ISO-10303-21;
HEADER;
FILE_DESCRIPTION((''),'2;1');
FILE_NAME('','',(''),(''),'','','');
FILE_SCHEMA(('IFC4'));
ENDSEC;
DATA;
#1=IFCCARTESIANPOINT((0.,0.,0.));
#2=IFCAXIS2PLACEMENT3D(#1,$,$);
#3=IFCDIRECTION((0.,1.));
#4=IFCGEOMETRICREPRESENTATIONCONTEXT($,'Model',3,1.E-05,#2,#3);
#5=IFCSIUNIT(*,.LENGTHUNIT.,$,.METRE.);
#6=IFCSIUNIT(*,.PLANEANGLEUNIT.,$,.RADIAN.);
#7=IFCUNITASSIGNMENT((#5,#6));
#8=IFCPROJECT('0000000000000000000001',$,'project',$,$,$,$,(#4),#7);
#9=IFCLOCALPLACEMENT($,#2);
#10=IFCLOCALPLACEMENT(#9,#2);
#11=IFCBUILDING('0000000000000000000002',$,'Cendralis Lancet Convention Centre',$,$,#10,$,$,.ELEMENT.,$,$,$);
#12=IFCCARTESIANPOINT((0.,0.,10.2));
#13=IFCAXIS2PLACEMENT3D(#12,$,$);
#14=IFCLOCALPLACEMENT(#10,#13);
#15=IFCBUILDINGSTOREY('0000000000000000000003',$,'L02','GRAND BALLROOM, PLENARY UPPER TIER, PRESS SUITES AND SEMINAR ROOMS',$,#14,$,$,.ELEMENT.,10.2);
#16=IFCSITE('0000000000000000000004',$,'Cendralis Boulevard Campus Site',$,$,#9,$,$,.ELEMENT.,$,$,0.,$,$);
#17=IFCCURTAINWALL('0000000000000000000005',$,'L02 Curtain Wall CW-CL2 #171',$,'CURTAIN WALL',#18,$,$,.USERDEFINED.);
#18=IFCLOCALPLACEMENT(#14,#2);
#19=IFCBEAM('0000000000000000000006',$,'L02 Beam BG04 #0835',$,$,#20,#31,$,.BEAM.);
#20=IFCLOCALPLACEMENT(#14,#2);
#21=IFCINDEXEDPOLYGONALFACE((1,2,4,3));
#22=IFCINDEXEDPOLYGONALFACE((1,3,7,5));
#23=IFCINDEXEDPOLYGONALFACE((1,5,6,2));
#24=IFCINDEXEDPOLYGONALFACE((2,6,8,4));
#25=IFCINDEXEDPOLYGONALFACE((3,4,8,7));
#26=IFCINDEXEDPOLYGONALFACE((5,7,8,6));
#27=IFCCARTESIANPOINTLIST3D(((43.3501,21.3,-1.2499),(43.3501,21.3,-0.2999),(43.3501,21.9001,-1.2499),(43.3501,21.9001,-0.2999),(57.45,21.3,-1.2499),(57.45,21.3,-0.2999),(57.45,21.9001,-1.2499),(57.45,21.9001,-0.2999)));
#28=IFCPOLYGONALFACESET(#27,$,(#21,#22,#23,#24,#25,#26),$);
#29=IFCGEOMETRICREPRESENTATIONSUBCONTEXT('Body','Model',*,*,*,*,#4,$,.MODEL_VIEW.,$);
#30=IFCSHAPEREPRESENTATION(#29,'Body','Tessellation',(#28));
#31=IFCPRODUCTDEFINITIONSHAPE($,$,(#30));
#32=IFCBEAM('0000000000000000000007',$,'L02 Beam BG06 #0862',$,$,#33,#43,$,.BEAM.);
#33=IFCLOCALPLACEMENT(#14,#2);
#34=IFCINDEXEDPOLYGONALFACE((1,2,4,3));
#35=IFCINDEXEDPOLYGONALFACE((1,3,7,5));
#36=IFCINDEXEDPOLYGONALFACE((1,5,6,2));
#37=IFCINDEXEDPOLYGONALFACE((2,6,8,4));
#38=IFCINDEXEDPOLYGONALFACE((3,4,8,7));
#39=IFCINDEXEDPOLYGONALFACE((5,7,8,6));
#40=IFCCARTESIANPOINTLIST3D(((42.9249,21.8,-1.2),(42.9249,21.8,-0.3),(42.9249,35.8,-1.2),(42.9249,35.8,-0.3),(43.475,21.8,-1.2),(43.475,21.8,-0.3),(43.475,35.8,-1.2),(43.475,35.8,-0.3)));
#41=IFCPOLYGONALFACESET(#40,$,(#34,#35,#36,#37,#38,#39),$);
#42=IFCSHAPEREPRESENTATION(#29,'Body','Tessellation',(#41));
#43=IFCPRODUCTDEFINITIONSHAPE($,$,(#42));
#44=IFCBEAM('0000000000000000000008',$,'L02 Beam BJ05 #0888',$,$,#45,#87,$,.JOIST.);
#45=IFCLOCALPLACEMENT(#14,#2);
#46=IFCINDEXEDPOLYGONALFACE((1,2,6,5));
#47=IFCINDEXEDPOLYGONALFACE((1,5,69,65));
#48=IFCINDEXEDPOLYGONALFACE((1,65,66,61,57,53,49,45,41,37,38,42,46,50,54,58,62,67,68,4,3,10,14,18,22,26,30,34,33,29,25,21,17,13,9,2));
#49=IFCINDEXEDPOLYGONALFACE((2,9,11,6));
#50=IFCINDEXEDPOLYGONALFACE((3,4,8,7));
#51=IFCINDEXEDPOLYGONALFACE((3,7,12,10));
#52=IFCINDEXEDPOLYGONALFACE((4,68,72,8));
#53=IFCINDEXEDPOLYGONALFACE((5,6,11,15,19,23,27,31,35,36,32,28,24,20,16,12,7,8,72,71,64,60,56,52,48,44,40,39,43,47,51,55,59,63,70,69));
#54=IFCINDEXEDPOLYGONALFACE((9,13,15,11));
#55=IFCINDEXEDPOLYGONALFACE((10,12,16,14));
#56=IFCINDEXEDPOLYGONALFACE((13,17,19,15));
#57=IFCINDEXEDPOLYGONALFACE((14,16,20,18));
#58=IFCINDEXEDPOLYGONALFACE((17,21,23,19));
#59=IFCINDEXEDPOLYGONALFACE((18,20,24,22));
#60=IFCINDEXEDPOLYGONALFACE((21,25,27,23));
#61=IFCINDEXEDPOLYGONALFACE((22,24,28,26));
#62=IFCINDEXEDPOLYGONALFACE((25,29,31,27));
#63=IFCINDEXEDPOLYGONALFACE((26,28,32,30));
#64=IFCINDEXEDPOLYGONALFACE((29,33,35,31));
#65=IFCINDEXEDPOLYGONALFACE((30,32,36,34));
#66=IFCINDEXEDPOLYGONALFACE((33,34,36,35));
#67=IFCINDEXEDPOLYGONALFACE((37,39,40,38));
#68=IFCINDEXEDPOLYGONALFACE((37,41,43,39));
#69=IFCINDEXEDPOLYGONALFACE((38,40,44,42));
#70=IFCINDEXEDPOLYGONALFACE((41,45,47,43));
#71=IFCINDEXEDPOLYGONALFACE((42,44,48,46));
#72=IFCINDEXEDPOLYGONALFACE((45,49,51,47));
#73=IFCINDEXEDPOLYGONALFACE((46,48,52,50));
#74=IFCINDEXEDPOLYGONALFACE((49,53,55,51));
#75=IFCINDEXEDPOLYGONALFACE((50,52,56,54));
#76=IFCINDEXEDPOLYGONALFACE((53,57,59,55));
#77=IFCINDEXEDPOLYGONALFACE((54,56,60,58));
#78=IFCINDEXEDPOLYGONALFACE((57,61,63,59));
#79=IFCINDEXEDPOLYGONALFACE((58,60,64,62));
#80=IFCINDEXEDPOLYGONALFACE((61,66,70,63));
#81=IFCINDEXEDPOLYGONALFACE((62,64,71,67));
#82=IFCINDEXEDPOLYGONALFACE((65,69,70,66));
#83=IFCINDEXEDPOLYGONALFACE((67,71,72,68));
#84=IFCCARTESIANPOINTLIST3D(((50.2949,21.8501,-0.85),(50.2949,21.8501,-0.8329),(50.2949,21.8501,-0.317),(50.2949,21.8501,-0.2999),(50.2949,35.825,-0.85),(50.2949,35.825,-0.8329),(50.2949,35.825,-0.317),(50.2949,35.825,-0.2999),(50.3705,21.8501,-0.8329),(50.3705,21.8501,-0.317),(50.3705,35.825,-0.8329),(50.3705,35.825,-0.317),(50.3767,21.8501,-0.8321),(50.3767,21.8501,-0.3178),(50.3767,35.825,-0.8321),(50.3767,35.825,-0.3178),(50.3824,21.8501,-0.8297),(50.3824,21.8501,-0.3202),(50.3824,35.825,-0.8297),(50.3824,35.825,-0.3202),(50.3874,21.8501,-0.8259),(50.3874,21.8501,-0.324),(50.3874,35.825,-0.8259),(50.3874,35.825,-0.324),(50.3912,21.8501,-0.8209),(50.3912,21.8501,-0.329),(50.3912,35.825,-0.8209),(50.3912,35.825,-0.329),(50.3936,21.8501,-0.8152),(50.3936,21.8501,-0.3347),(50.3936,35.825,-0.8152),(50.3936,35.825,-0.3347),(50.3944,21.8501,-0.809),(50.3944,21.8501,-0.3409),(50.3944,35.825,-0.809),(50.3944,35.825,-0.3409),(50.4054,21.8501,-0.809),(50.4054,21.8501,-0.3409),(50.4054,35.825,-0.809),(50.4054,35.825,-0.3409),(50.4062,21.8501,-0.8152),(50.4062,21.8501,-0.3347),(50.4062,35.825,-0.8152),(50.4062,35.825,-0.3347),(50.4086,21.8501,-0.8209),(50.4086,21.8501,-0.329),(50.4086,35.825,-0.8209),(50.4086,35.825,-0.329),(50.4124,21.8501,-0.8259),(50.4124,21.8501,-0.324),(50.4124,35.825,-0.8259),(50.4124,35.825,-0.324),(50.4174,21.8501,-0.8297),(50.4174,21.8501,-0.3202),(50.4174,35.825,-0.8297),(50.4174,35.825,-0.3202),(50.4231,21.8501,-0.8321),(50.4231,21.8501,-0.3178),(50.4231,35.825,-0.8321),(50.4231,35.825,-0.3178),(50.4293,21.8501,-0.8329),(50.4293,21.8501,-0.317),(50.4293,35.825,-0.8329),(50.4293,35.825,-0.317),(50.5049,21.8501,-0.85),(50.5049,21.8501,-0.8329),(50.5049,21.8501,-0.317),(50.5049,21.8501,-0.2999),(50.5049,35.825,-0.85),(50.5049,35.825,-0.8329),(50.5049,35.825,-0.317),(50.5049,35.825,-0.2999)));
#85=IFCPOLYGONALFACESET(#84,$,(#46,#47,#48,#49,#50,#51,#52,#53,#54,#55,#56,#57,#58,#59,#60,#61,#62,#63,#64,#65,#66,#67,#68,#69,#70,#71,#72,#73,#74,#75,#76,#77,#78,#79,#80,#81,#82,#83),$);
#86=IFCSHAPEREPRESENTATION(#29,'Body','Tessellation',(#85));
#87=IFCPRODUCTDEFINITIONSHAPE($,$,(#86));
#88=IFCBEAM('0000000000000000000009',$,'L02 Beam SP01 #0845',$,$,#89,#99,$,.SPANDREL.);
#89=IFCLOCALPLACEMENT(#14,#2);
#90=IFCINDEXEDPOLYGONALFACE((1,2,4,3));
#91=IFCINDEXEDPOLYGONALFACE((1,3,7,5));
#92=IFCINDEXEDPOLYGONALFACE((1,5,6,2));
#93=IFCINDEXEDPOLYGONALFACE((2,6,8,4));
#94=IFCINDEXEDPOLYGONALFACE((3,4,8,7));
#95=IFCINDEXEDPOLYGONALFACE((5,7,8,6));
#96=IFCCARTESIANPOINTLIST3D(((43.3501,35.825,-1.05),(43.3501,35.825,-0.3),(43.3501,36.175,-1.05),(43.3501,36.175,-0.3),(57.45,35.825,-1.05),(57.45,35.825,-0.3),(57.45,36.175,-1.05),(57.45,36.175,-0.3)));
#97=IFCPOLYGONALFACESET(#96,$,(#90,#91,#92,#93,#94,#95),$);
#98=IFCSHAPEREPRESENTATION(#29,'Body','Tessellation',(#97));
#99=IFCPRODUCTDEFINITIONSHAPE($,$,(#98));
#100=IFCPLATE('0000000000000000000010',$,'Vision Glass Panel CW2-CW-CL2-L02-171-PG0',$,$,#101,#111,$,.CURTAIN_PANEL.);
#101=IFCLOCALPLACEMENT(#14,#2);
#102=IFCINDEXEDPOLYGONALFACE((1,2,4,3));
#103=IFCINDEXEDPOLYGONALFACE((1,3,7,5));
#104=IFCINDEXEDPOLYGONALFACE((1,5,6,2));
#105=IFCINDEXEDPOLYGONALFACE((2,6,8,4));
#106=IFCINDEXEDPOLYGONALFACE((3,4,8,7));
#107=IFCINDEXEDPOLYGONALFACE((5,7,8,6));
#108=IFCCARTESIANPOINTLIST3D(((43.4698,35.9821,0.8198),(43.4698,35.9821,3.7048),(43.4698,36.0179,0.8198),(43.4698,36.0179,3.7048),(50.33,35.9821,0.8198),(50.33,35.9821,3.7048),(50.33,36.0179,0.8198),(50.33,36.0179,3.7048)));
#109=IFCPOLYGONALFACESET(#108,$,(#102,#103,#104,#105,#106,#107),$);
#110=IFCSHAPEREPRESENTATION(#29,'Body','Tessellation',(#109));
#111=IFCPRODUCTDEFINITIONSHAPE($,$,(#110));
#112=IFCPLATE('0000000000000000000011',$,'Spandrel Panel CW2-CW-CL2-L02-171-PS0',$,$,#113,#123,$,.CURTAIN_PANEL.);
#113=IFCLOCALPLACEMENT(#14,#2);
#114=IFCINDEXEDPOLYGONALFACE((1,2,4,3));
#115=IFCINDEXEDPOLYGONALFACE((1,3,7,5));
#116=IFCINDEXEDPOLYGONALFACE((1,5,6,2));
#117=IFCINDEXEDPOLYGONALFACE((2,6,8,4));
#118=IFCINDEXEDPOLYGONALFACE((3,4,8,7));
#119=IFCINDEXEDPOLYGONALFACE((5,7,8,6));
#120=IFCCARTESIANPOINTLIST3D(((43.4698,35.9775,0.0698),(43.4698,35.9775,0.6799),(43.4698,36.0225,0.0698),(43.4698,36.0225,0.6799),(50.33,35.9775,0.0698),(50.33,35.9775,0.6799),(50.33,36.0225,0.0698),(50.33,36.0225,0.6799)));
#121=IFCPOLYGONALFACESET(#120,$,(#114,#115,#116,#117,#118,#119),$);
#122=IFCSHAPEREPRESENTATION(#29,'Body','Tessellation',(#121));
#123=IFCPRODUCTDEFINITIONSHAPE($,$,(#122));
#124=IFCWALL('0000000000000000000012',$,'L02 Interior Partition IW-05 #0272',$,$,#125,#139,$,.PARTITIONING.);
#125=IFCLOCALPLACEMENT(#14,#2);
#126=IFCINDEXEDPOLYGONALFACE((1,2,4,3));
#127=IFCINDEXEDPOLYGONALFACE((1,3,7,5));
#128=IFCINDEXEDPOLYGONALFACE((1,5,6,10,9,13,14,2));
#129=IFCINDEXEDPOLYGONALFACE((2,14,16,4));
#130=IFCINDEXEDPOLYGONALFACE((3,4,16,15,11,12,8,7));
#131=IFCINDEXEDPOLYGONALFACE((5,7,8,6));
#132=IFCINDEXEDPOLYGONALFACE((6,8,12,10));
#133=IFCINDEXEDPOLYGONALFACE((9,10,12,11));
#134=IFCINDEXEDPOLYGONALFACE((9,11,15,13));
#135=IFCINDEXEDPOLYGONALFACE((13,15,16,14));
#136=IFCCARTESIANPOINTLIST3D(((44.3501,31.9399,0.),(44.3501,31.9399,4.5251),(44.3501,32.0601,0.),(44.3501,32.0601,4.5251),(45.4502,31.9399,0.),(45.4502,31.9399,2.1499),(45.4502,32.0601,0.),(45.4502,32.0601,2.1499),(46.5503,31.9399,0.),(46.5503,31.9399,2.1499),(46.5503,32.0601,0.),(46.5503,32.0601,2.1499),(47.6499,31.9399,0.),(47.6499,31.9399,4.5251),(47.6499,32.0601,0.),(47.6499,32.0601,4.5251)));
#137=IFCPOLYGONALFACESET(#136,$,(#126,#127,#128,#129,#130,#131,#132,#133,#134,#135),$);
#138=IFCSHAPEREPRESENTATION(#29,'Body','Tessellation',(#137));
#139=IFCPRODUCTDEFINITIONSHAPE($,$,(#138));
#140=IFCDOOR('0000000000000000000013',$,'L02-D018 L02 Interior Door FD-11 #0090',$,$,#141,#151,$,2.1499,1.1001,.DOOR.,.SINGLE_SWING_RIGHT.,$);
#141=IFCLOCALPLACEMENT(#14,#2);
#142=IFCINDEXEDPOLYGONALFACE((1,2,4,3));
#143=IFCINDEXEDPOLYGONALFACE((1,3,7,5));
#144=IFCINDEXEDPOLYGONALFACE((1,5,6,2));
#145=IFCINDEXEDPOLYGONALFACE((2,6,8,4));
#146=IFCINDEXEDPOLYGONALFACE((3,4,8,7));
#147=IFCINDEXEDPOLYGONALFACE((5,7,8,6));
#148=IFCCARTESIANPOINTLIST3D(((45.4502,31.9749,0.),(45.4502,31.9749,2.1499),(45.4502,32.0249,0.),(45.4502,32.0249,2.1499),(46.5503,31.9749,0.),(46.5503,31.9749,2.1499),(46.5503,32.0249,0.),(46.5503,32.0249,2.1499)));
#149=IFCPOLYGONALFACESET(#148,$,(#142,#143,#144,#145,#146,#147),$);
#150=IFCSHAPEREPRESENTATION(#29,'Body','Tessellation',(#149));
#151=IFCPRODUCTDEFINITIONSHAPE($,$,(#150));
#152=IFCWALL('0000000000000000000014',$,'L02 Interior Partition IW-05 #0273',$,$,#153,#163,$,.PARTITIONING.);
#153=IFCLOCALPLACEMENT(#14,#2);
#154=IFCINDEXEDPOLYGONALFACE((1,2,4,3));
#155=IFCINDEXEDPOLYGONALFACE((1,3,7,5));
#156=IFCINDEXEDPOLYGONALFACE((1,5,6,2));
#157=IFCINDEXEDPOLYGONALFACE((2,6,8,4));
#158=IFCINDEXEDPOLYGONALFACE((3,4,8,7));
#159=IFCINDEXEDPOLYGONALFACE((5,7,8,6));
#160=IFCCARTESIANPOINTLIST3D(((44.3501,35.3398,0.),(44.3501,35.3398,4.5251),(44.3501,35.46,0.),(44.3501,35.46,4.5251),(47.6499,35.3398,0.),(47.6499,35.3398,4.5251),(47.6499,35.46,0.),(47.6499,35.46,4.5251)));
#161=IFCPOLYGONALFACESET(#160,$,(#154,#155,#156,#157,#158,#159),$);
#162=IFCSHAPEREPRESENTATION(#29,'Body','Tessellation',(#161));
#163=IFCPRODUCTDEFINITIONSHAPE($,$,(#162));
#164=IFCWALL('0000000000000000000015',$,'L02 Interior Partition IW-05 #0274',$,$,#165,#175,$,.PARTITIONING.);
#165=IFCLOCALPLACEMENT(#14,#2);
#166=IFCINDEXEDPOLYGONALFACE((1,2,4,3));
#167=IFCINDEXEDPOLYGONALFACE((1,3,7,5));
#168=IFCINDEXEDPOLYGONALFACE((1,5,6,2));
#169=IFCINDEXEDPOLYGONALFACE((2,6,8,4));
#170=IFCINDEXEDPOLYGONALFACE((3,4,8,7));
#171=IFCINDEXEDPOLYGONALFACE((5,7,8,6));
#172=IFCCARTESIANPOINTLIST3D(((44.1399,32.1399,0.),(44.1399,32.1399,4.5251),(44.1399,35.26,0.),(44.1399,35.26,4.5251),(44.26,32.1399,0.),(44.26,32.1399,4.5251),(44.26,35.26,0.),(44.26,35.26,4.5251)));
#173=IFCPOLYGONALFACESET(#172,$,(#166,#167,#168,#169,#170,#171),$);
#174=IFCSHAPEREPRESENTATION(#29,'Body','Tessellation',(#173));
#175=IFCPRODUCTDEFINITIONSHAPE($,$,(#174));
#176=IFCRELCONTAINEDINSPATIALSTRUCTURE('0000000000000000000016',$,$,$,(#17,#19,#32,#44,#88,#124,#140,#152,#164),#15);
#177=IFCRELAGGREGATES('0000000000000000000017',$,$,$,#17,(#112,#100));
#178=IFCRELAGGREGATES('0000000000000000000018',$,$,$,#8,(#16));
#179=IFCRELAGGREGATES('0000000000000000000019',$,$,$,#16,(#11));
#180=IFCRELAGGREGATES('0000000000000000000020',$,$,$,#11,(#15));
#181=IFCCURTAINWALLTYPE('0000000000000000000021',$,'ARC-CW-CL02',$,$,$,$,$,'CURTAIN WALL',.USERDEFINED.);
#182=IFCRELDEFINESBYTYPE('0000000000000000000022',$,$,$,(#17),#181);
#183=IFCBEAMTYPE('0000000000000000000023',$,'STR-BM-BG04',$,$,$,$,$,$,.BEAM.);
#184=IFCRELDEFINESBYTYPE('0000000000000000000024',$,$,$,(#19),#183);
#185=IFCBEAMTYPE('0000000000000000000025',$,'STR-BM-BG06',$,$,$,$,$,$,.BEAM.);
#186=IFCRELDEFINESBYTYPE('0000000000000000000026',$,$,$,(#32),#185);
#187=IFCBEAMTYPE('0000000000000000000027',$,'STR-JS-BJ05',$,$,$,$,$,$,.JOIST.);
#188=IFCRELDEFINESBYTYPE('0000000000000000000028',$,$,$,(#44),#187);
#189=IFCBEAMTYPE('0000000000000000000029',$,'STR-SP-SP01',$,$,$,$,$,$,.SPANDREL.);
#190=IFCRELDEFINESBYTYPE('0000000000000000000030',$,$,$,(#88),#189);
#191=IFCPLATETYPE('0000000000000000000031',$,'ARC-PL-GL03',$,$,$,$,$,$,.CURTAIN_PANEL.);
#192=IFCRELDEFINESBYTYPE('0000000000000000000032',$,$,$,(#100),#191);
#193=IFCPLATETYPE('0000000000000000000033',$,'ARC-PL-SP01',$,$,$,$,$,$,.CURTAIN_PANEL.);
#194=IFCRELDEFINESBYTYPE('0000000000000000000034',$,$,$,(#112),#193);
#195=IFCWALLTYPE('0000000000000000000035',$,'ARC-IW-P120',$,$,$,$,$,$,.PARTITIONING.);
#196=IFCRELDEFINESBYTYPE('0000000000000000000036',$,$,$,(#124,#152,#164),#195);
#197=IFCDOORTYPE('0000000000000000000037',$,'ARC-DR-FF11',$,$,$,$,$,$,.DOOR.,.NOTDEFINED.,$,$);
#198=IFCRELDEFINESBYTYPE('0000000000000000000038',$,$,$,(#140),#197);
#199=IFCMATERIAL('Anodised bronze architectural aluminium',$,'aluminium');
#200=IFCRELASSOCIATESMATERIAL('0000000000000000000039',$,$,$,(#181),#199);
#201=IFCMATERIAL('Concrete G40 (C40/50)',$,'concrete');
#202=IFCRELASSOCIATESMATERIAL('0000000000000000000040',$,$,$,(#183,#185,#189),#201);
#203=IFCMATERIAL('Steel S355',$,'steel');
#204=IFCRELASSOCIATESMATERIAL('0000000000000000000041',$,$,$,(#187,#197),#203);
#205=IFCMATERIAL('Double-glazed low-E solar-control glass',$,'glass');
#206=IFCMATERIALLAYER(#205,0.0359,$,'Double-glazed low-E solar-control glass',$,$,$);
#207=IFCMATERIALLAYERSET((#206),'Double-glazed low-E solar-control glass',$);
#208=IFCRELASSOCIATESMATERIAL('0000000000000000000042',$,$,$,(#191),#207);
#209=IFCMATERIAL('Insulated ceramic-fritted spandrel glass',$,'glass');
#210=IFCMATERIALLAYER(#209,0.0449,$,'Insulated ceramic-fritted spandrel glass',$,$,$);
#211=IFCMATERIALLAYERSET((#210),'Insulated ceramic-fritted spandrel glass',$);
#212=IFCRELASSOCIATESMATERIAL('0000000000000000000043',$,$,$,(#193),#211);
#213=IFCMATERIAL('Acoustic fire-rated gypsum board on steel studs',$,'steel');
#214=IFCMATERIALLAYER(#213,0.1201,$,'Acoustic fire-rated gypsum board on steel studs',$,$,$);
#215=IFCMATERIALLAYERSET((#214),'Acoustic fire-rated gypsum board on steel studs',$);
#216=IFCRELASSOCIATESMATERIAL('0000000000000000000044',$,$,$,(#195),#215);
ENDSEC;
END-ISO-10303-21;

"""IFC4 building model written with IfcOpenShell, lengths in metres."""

from ifc_helpers import new_model, si_unit, direction, frame, frame_2d, origin, origin_2d, place, context, subcontext, project, spatial, rectangle, i_section, extrude, material, layer, layer_set, material_profile, profile_set, type_object, element, fill, aggregate, save


model = new_model("IFC4")

# Units and contexts
model_context = context("Model", 3, precision=1e-05, world=origin(), true_north=direction((0.0, 1.0)))
body_context = subcontext(model_context, "Body", "Model", "MODEL_VIEW")
ifc_project = project(units=[si_unit("LENGTHUNIT", "METRE"), si_unit("PLANEANGLEUNIT", "RADIAN")], contexts=[model_context])

# Site, building, storey
site_placement = place(None, origin())
site = spatial("IfcSite", under=ifc_project, at=site_placement, Name="Cendralis Boulevard Campus Site", CompositionType="ELEMENT", RefElevation=0.0)
building_placement = place(site_placement, origin())
building = spatial("IfcBuilding", under=site, at=building_placement, Name="Cendralis Lancet Convention Centre", CompositionType="ELEMENT")
storey_placement = place(building_placement, frame((0.0, 0.0, 10.2)))
storey = spatial("IfcBuildingStorey", under=building, at=storey_placement, Name="L02", Description="GRAND BALLROOM, PLENARY UPPER TIER, PRESS SUITES AND SEMINAR ROOMS", CompositionType="ELEMENT", Elevation=10.2)

# Shared definitions
ifc_material_1 = material(Name="Steel S355", Category="steel")

# Curtain wall
ifc_material_2 = material(Name="Anodised bronze architectural aluminium", Category="aluminium")
curtain_wall_type = type_object("IfcCurtainWallType", Name="ARC-CW-CL02", ElementType="CURTAIN WALL", PredefinedType="USERDEFINED", material=ifc_material_2)
curtain_wall_placement = place(storey_placement, origin())
curtain_wall = element("IfcCurtainWall", 1, at=curtain_wall_placement, inside=storey, type_object=curtain_wall_type, Name="L02 Curtain Wall CW-CL2 #171", ObjectType="CURTAIN WALL", PredefinedType="USERDEFINED")

# Beams
ifc_material_3 = material(Name="Concrete G40 (C40/50)", Category="concrete")
ifc_material_profile_1 = material_profile(ifc_material_3, rectangle(XDim=0.6001, YDim=0.95, at=origin_2d()), Name="RCB 600x950")
ifc_profile_set_1 = profile_set([ifc_material_profile_1], Name="Concrete G40 (C40/50)")
beam_type_1 = type_object("IfcBeamType", Name="STR-BM-BG04", PredefinedType="BEAM", material=ifc_profile_set_1)
beam_1_placement = place(storey_placement, frame((43.3501, 21.6001, -0.7749), z_axis=(1.0, 0.0, 0.0), x_axis=(0.0, 1.0, 0.0)))
element("IfcBeam", 2, at=beam_1_placement, inside=storey, type_object=beam_type_1, Name="L02 Beam BG04 #0835", PredefinedType="BEAM", context=body_context, shape_type="SweptSolid", body=[
    extrude(rectangle(XDim=0.6001, YDim=0.95, at=origin_2d()), origin(), (0.0, 0.0, 1.0), 14.0999),
])
ifc_material_profile_2 = material_profile(ifc_material_3, rectangle(XDim=0.55, YDim=0.8999, at=origin_2d()), Name="RCB 550x900")
ifc_profile_set_2 = profile_set([ifc_material_profile_2], Name="Concrete G40 (C40/50)")
beam_type_2 = type_object("IfcBeamType", Name="STR-BM-BG06", PredefinedType="BEAM", material=ifc_profile_set_2)
beam_2_placement = place(storey_placement, frame((43.2, 21.8, -0.75), z_axis=(0.0, 1.0, 0.0), x_axis=(-1.0, 0.0, 0.0)))
element("IfcBeam", 3, at=beam_2_placement, inside=storey, type_object=beam_type_2, Name="L02 Beam BG06 #0862", PredefinedType="BEAM", context=body_context, shape_type="SweptSolid", body=[
    extrude(rectangle(XDim=0.55, YDim=0.8999, at=origin_2d()), origin(), (0.0, 0.0, 1.0), 14.0),
])
ifc_material_profile_3 = material_profile(ifc_material_1, i_section(OverallWidth=0.21, OverallDepth=0.55, WebThickness=0.011, FlangeThickness=0.0171, FilletRadius=0.0239, at=origin_2d()), Name="IPE 550")
ifc_profile_set_3 = profile_set([ifc_material_profile_3], Name="Steel S355")
beam_type_3 = type_object("IfcBeamType", Name="STR-JS-BJ05", PredefinedType="JOIST", material=ifc_profile_set_3)
beam_3_placement = place(storey_placement, frame((50.3999, 21.8501, -0.575), z_axis=(0.0, 1.0, 0.0), x_axis=(-1.0, 0.0, 0.0)))
element("IfcBeam", 4, at=beam_3_placement, inside=storey, type_object=beam_type_3, Name="L02 Beam BJ05 #0888", PredefinedType="JOIST", context=body_context, shape_type="SweptSolid", body=[
    extrude(i_section(OverallWidth=0.21, OverallDepth=0.55, WebThickness=0.011, FlangeThickness=0.0171, FilletRadius=0.0239, at=origin_2d()), origin(), (0.0, 0.0, 1.0), 13.9749),
])
ifc_material_profile_4 = material_profile(ifc_material_3, rectangle(XDim=0.3501, YDim=0.75, at=origin_2d()), Name="RCB 350x750")
ifc_profile_set_4 = profile_set([ifc_material_profile_4], Name="Concrete G40 (C40/50)")
beam_type_4 = type_object("IfcBeamType", Name="STR-SP-SP01", PredefinedType="SPANDREL", material=ifc_profile_set_4)
beam_4_placement = place(storey_placement, frame((43.3501, 36.0, -0.675), z_axis=(1.0, 0.0, 0.0), x_axis=(0.0, 1.0, 0.0)))
element("IfcBeam", 5, at=beam_4_placement, inside=storey, type_object=beam_type_4, Name="L02 Beam SP01 #0845", PredefinedType="SPANDREL", context=body_context, shape_type="SweptSolid", body=[
    extrude(rectangle(XDim=0.3501, YDim=0.75, at=origin_2d()), origin(), (0.0, 0.0, 1.0), 14.0999),
])

# Plates
ifc_material_4 = material(Name="Double-glazed low-E solar-control glass", Category="glass")
ifc_layer_1 = layer(ifc_material_4, 0.0359, Name="Double-glazed low-E solar-control glass")
ifc_layer_set_1 = layer_set([ifc_layer_1], Name="Double-glazed low-E solar-control glass")
plate_type_1 = type_object("IfcPlateType", Name="ARC-PL-GL03", PredefinedType="CURTAIN_PANEL", material=ifc_layer_set_1)
plate_1_placement = place(storey_placement, frame((46.8999, 36.0, 0.8198), z_axis=(0.0, 0.0, 1.0), x_axis=(1.0, 0.0, 0.0)))
plate_1 = element("IfcPlate", 6, at=plate_1_placement, type_object=plate_type_1, Name="Vision Glass Panel CW2-CW-CL2-L02-171-PG0", PredefinedType="CURTAIN_PANEL", context=body_context, shape_type="SweptSolid", body=[
    extrude(rectangle(XDim=6.8601, YDim=0.0359, at=origin_2d()), origin(), (0.0, 0.0, 1.0), 2.885),
])
ifc_material_5 = material(Name="Insulated ceramic-fritted spandrel glass", Category="glass")
ifc_layer_2 = layer(ifc_material_5, 0.0449, Name="Insulated ceramic-fritted spandrel glass")
ifc_layer_set_2 = layer_set([ifc_layer_2], Name="Insulated ceramic-fritted spandrel glass")
plate_type_2 = type_object("IfcPlateType", Name="ARC-PL-SP01", PredefinedType="CURTAIN_PANEL", material=ifc_layer_set_2)
plate_2_placement = place(storey_placement, frame((46.8999, 36.0, 0.0698), z_axis=(0.0, 0.0, 1.0), x_axis=(1.0, 0.0, 0.0)))
plate_2 = element("IfcPlate", 7, at=plate_2_placement, type_object=plate_type_2, Name="Spandrel Panel CW2-CW-CL2-L02-171-PS0", PredefinedType="CURTAIN_PANEL", context=body_context, shape_type="SweptSolid", body=[
    extrude(rectangle(XDim=6.8601, YDim=0.0449, at=origin_2d()), origin(), (0.0, 0.0, 1.0), 0.6101),
])
aggregate(curtain_wall, [plate_2, plate_1])

# Wall, opening, door
ifc_material_6 = material(Name="Acoustic fire-rated gypsum board on steel studs", Category="steel")
ifc_layer_3 = layer(ifc_material_6, 0.1201, Name="Acoustic fire-rated gypsum board on steel studs")
ifc_layer_set_3 = layer_set([ifc_layer_3], Name="Acoustic fire-rated gypsum board on steel studs")
wall_type_1 = type_object("IfcWallType", Name="ARC-IW-P120", PredefinedType="PARTITIONING", material=ifc_layer_set_3)
wall_1_placement = place(storey_placement, frame((44.3501, 32.0, 0.0), z_axis=(0.0, 0.0, 1.0), x_axis=(1.0, 0.0, 0.0)))
wall_1 = element("IfcWall", 8, at=wall_1_placement, inside=storey, type_object=wall_type_1, Name="L02 Interior Partition IW-05 #0272", PredefinedType="PARTITIONING", context=body_context, shape_type="SweptSolid", body=[
    extrude(rectangle(XDim=3.2998, YDim=0.1201, at=frame_2d((1.6499, 0.0))), origin(), (0.0, 0.0, 1.0), 4.5251),
])
opening_1_placement = place(wall_1_placement, frame((1.1001, 0.0, 0.0)))
opening_1 = element("IfcOpeningElement", 9, at=opening_1_placement, cuts=wall_1, PredefinedType="OPENING", context=body_context, shape_type="SweptSolid", body=[
    extrude(rectangle(XDim=1.1001, YDim=2.1499, at=frame_2d((0.55, 1.075))), frame((0.0, 0.0701, 0.0), z_axis=(0.0, -1.0, 0.0), x_axis=(1.0, 0.0, 0.0)), (0.0, 0.0, 1.0), 0.1401),
])
door_type = type_object("IfcDoorType", Name="ARC-DR-FF11", OperationType="NOTDEFINED", PredefinedType="DOOR", material=ifc_material_1)
door_1_placement = place(opening_1_placement, origin())
door_1 = element("IfcDoor", 10, at=door_1_placement, inside=storey, type_object=door_type, Name="L02-D018 L02 Interior Door FD-11 #0090", OperationType="SINGLE_SWING_RIGHT", OverallHeight=2.1499, OverallWidth=1.1001, PredefinedType="DOOR", context=body_context, shape_type="SweptSolid", body=[
    extrude(rectangle(XDim=1.1001, YDim=2.1499, at=frame_2d((0.55, 1.075))), frame((0.0, 0.0249, 0.0), z_axis=(0.0, -1.0, 0.0), x_axis=(1.0, 0.0, 0.0)), (0.0, 0.0, 1.0), 0.05),
])
fill(opening_1, door_1)

# Walls
wall_2_placement = place(storey_placement, frame((44.3501, 35.3999, 0.0), z_axis=(0.0, 0.0, 1.0), x_axis=(1.0, 0.0, 0.0)))
element("IfcWall", 11, at=wall_2_placement, inside=storey, type_object=wall_type_1, Name="L02 Interior Partition IW-05 #0273", PredefinedType="PARTITIONING", context=body_context, shape_type="SweptSolid", body=[
    extrude(rectangle(XDim=3.2998, YDim=0.1201, at=frame_2d((1.6499, 0.0))), origin(), (0.0, 0.0, 1.0), 4.5251),
])
for number, where, z_axis, x_axis, name in (
    (12, (44.2, 32.1399, 0.0), (0.0, 0.0, 1.0), (0.0, 1.0, 0.0), "L02 Interior Partition IW-05 #0274"),
):
    element("IfcWall", number, at=place(storey_placement, frame(where, z_axis=z_axis, x_axis=x_axis)), inside=storey, type_object=wall_type_1, Name=name, PredefinedType="PARTITIONING", context=body_context, shape_type="SweptSolid", body=[
        extrude(rectangle(XDim=3.1201, YDim=0.1201, at=frame_2d((1.5601, 0.0))), origin(), (0.0, 0.0, 1.0), 4.5251),
    ])

save(model, "model.ifc")
